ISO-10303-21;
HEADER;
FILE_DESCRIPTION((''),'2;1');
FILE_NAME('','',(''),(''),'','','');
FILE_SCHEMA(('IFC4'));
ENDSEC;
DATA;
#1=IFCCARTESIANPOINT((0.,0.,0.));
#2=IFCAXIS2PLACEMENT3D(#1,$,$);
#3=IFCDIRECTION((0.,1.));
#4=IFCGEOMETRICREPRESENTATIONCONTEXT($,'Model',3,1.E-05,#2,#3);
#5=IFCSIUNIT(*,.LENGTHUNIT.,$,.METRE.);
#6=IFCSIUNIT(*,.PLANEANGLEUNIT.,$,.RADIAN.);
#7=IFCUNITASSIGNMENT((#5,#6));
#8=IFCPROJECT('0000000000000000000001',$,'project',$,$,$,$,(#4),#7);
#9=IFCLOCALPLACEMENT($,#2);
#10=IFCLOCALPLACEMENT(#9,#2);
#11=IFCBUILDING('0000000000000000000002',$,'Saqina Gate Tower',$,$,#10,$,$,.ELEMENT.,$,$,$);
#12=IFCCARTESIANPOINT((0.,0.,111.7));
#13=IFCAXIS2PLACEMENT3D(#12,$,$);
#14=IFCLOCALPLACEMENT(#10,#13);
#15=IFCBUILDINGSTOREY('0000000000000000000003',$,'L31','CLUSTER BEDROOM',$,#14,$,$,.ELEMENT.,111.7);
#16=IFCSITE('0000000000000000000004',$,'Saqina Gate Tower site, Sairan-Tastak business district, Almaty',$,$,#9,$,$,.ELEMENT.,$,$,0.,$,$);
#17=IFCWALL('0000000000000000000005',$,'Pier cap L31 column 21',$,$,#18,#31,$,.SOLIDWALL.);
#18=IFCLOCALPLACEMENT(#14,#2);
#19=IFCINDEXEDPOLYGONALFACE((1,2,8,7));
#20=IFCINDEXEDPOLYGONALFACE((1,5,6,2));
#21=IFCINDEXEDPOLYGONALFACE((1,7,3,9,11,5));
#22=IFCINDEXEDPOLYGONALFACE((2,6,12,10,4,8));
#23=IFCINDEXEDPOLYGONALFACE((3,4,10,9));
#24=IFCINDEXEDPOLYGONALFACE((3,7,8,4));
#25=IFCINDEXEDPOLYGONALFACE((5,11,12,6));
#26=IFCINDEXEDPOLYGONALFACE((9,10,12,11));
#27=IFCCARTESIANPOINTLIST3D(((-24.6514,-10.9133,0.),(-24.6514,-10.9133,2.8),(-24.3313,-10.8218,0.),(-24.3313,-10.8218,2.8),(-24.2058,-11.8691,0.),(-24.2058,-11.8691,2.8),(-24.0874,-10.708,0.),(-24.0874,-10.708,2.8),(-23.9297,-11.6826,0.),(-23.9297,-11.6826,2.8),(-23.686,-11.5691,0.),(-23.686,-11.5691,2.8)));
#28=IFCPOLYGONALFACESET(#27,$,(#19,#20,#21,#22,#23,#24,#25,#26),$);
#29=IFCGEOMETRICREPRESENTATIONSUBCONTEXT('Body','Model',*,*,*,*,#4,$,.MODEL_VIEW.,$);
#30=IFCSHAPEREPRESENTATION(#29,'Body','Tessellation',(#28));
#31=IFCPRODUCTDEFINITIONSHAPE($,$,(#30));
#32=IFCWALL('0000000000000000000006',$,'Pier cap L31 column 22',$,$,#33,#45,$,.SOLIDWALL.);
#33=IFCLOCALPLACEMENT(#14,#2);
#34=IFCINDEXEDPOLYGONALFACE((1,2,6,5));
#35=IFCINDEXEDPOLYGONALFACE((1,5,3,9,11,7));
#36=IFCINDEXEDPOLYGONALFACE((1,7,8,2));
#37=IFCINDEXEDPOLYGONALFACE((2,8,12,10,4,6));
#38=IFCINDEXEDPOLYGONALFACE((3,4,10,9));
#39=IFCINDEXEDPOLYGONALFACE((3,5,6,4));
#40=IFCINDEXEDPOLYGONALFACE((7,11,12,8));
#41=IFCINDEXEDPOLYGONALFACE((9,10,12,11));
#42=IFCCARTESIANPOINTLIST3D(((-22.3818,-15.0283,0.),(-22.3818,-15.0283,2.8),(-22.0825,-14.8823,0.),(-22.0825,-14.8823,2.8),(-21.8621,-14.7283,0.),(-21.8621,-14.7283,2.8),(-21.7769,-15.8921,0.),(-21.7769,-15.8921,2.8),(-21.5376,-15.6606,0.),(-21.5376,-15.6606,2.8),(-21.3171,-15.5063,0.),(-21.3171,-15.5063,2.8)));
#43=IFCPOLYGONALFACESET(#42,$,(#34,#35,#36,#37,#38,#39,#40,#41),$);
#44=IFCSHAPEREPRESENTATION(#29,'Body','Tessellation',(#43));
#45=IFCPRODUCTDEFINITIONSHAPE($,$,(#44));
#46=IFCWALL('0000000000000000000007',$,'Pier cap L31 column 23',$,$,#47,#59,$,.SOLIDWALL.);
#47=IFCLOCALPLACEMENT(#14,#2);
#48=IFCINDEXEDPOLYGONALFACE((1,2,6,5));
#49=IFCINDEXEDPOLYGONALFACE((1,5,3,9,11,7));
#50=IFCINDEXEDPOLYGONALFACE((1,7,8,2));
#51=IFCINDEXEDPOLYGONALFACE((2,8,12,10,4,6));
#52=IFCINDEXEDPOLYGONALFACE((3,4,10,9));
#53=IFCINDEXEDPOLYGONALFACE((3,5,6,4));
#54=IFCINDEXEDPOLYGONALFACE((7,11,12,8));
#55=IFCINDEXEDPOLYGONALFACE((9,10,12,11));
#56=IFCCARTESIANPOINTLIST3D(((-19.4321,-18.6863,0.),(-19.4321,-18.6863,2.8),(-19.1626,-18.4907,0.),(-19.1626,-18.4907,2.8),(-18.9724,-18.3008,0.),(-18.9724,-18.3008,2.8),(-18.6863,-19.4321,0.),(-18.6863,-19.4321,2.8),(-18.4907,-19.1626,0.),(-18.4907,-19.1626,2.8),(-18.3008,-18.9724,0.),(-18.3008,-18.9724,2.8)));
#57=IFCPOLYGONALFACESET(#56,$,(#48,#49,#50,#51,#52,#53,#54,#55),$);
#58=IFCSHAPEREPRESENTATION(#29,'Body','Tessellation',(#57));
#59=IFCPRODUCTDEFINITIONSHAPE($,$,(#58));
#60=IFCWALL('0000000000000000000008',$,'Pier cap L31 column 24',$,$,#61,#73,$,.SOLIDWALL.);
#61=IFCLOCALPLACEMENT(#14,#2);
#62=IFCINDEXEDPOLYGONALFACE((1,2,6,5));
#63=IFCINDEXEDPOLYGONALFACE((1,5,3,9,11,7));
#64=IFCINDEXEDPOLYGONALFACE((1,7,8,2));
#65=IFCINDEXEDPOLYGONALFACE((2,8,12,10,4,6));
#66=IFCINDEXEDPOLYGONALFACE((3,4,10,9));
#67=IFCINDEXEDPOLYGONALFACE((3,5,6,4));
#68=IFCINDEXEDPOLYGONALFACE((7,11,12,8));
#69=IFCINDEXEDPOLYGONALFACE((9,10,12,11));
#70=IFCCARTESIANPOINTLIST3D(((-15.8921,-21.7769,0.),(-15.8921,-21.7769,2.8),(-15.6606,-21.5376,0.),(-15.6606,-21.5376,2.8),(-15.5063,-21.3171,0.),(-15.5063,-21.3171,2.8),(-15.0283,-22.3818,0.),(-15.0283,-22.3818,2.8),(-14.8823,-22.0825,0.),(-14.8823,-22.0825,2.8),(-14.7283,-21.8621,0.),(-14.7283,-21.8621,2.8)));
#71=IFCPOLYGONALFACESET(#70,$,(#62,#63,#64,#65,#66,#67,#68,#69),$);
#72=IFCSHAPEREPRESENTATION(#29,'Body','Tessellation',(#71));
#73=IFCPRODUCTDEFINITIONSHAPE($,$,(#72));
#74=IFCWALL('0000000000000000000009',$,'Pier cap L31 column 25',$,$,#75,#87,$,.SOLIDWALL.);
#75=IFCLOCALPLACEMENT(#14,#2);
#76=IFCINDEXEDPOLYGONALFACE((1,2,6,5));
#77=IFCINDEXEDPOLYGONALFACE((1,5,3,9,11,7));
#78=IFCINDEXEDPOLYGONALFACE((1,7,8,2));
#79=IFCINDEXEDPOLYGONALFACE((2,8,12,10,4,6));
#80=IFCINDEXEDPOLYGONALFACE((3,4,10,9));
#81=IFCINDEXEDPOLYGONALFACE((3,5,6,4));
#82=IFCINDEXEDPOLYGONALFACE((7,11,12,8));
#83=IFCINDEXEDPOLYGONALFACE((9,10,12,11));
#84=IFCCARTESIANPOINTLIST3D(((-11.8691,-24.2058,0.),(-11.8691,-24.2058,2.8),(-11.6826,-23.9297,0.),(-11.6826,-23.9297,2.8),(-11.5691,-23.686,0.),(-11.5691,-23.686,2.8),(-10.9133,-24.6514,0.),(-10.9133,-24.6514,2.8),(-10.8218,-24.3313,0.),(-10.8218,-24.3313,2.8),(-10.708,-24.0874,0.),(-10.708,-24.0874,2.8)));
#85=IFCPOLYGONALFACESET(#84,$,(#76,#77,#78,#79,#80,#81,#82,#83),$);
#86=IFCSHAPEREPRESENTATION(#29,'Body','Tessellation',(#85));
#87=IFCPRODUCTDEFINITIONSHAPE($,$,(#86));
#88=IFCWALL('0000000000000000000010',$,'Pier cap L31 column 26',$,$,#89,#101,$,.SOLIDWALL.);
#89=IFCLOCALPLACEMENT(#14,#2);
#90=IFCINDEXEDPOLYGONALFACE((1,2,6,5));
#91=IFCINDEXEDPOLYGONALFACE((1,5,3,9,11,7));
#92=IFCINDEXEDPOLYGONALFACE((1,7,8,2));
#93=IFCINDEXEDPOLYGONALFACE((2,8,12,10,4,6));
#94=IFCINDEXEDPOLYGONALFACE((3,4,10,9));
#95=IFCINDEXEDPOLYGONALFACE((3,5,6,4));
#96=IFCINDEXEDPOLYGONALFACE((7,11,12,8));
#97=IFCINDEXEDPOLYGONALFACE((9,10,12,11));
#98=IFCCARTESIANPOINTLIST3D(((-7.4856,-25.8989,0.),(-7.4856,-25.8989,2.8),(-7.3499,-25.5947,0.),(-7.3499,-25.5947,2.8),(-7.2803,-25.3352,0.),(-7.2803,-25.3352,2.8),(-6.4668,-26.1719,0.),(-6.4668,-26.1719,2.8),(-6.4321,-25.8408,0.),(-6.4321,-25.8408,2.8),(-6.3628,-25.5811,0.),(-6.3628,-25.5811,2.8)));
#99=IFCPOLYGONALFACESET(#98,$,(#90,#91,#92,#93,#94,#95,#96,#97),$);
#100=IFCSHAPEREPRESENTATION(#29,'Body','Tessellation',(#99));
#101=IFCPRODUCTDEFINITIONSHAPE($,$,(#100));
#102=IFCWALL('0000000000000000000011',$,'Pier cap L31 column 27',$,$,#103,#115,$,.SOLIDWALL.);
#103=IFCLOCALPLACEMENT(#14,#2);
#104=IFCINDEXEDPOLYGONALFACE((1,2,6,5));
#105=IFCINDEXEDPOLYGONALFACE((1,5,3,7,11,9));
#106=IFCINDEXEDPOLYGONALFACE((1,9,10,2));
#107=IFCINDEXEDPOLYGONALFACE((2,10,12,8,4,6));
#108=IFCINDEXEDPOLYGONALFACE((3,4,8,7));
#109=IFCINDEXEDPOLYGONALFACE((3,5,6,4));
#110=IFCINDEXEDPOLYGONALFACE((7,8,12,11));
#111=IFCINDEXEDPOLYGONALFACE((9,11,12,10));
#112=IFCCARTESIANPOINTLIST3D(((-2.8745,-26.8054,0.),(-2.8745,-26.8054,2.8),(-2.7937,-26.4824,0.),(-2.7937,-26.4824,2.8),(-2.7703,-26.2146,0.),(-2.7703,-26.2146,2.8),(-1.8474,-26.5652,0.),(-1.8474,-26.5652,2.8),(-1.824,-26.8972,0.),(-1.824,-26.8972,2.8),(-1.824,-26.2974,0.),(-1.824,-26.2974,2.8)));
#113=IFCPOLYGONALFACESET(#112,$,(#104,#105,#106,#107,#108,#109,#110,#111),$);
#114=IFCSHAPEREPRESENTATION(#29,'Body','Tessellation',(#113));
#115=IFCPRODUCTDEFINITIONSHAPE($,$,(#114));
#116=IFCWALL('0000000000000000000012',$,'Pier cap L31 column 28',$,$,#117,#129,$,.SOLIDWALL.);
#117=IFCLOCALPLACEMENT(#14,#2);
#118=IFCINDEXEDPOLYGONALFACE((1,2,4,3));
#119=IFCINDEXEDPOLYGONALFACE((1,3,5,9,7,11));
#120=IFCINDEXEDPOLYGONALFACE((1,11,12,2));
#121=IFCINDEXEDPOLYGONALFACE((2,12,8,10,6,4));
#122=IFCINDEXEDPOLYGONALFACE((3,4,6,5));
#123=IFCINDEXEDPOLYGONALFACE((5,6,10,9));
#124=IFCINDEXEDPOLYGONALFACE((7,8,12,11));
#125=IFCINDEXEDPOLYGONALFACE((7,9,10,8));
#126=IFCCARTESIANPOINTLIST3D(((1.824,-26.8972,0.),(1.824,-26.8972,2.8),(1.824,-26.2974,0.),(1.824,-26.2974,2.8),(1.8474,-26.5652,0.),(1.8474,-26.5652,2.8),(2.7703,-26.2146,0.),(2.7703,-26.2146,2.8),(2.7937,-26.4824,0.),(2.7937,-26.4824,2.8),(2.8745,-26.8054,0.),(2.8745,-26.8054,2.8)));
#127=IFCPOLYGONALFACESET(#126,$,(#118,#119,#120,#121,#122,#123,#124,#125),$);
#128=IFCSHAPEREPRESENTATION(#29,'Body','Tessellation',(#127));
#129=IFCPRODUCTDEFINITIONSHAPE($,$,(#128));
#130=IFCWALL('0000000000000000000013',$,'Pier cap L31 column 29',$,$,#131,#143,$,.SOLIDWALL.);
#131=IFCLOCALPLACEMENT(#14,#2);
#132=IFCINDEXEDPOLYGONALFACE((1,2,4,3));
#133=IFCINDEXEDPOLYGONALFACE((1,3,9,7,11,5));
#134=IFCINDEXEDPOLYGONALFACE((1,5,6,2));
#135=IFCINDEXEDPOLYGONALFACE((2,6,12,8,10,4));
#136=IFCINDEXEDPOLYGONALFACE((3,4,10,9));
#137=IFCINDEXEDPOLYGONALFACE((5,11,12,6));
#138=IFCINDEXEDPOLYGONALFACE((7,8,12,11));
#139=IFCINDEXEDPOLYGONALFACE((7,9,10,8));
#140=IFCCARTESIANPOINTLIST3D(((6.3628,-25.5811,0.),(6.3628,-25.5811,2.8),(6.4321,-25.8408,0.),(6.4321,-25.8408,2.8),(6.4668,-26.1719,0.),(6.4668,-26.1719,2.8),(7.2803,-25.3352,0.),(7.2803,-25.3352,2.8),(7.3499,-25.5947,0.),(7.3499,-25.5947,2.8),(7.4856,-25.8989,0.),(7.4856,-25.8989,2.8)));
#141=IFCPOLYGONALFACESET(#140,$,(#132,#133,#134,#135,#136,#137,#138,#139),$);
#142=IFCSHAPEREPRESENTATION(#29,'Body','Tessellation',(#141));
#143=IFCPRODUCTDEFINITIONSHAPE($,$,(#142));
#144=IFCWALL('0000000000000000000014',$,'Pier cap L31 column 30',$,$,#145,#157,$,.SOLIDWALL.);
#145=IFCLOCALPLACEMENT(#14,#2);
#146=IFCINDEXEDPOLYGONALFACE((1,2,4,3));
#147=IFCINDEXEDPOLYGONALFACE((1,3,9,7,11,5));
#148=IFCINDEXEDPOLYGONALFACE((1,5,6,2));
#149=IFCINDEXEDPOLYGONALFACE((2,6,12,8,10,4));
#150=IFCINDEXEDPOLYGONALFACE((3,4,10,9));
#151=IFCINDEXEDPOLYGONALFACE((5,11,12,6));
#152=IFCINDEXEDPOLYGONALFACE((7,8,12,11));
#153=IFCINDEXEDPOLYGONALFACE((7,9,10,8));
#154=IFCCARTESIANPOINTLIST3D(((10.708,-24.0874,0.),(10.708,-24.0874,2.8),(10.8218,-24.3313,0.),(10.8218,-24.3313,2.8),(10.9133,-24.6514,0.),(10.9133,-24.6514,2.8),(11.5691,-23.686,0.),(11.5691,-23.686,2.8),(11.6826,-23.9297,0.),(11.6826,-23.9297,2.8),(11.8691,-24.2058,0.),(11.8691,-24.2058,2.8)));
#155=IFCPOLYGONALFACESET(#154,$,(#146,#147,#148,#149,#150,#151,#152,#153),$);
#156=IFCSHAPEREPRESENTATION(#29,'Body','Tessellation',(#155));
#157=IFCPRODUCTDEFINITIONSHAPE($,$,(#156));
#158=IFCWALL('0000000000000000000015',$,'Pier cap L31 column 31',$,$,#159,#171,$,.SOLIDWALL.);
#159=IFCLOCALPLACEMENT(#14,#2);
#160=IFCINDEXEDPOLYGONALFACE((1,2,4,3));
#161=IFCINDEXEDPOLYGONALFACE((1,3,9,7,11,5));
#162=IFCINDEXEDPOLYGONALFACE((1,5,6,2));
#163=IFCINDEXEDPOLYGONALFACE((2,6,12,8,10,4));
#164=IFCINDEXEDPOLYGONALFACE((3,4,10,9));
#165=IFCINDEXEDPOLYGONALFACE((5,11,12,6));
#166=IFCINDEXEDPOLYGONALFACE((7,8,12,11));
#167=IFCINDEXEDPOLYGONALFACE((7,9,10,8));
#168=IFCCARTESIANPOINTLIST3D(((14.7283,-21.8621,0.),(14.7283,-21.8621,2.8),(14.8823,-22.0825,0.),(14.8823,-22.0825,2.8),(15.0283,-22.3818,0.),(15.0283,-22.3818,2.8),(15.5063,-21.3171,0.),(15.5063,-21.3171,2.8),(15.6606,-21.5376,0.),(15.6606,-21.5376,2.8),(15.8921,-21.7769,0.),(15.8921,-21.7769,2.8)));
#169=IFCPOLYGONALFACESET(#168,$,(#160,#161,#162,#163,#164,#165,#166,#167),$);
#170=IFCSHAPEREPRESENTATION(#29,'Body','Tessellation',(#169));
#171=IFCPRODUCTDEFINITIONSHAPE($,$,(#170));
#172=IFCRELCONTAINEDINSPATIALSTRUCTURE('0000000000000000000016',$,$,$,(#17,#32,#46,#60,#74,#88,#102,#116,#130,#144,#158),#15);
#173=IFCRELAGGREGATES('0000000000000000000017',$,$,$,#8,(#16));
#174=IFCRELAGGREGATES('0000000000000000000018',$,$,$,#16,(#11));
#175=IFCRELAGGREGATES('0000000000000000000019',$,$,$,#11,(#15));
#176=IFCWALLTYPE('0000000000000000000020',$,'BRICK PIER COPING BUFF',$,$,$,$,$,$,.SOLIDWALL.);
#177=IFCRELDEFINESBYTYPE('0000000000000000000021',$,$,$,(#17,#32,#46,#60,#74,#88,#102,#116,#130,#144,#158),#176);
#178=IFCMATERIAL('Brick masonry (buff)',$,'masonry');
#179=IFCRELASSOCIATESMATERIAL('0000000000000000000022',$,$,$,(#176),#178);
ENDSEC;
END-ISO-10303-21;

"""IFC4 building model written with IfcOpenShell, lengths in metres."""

from ifc_helpers import new_model, si_unit, direction, frame, origin, place, context, subcontext, project, spatial, polyline, outline, extrude, material, type_object, element, save


model = new_model("IFC4")

# Units and contexts
model_context = context("Model", 3, precision=1e-05, world=origin(), true_north=direction((0.0, 1.0)))
body_context = subcontext(model_context, "Body", "Model", "MODEL_VIEW")
ifc_project = project(units=[si_unit("LENGTHUNIT", "METRE"), si_unit("PLANEANGLEUNIT", "RADIAN")], contexts=[model_context])

# Site, building, storey
site_placement = place(None, origin())
site = spatial("IfcSite", under=ifc_project, at=site_placement, Name="Saqina Gate Tower site, Sairan-Tastak business district, Almaty", CompositionType="ELEMENT", RefElevation=0.0)
building_placement = place(site_placement, origin())
building = spatial("IfcBuilding", under=site, at=building_placement, Name="Saqina Gate Tower", CompositionType="ELEMENT")
storey_placement = place(building_placement, frame((0.0, 0.0, 111.7)))
storey = spatial("IfcBuildingStorey", under=building, at=storey_placement, Name="L31", Description="CLUSTER BEDROOM", CompositionType="ELEMENT", Elevation=111.7)

# Walls
ifc_material = material(Name="Brick masonry (buff)", Category="masonry")
wall_type = type_object("IfcWallType", Name="BRICK PIER COPING BUFF", PredefinedType="SOLIDWALL", material=ifc_material)
wall_1_placement = place(storey_placement, origin())
element("IfcWall", 1, at=wall_1_placement, inside=storey, type_object=wall_type, Name="Pier cap L31 column 21", PredefinedType="SOLIDWALL", context=body_context, shape_type="SweptSolid", body=[
    extrude(outline(polyline([(-24.6514, -10.9133), (-24.2058, -11.8691), (-23.686, -11.5691), (-23.9297, -11.6826), (-24.3313, -10.8218), (-24.0874, -10.708), (-24.6514, -10.9133)])), origin(), (0.0, 0.0, 1.0), 2.8),
])
wall_2_placement = place(storey_placement, origin())
element("IfcWall", 2, at=wall_2_placement, inside=storey, type_object=wall_type, Name="Pier cap L31 column 22", PredefinedType="SOLIDWALL", context=body_context, shape_type="SweptSolid", body=[
    extrude(outline(polyline([(-21.7769, -15.8921), (-21.3171, -15.5063), (-21.5376, -15.6606), (-22.0825, -14.8823), (-21.8621, -14.7283), (-22.3818, -15.0283), (-21.7769, -15.8921)])), origin(), (0.0, 0.0, 1.0), 2.8),
])
wall_3_placement = place(storey_placement, origin())
element("IfcWall", 3, at=wall_3_placement, inside=storey, type_object=wall_type, Name="Pier cap L31 column 23", PredefinedType="SOLIDWALL", context=body_context, shape_type="SweptSolid", body=[
    extrude(outline(polyline([(-19.4321, -18.6863), (-18.6863, -19.4321), (-18.3008, -18.9724), (-18.4907, -19.1626), (-19.1626, -18.4907), (-18.9724, -18.3008), (-19.4321, -18.6863)])), origin(), (0.0, 0.0, 1.0), 2.8),
])
wall_4_placement = place(storey_placement, origin())
element("IfcWall", 4, at=wall_4_placement, inside=storey, type_object=wall_type, Name="Pier cap L31 column 24", PredefinedType="SOLIDWALL", context=body_context, shape_type="SweptSolid", body=[
    extrude(outline(polyline([(-15.0283, -22.3818), (-14.7283, -21.8621), (-14.8823, -22.0825), (-15.6606, -21.5376), (-15.5063, -21.3171), (-15.8921, -21.7769), (-15.0283, -22.3818)])), origin(), (0.0, 0.0, 1.0), 2.8),
])
wall_5_placement = place(storey_placement, origin())
element("IfcWall", 5, at=wall_5_placement, inside=storey, type_object=wall_type, Name="Pier cap L31 column 25", PredefinedType="SOLIDWALL", context=body_context, shape_type="SweptSolid", body=[
    extrude(outline(polyline([(-10.9133, -24.6514), (-10.708, -24.0874), (-10.8218, -24.3313), (-11.6826, -23.9297), (-11.5691, -23.686), (-11.8691, -24.2058), (-10.9133, -24.6514)])), origin(), (0.0, 0.0, 1.0), 2.8),
])
wall_6_placement = place(storey_placement, origin())
element("IfcWall", 6, at=wall_6_placement, inside=storey, type_object=wall_type, Name="Pier cap L31 column 26", PredefinedType="SOLIDWALL", context=body_context, shape_type="SweptSolid", body=[
    extrude(outline(polyline([(-7.4856, -25.8989), (-6.4668, -26.1719), (-6.3628, -25.5811), (-6.4321, -25.8408), (-7.3499, -25.5947), (-7.2803, -25.3352), (-7.4856, -25.8989)])), origin(), (0.0, 0.0, 1.0), 2.8),
])
wall_7_placement = place(storey_placement, origin())
element("IfcWall", 7, at=wall_7_placement, inside=storey, type_object=wall_type, Name="Pier cap L31 column 27", PredefinedType="SOLIDWALL", context=body_context, shape_type="SweptSolid", body=[
    extrude(outline(polyline([(-2.8745, -26.8054), (-1.824, -26.8972), (-1.824, -26.2974), (-1.8474, -26.5652), (-2.7937, -26.4824), (-2.7703, -26.2146), (-2.8745, -26.8054)])), origin(), (0.0, 0.0, 1.0), 2.8),
])
wall_8_placement = place(storey_placement, origin())
element("IfcWall", 8, at=wall_8_placement, inside=storey, type_object=wall_type, Name="Pier cap L31 column 28", PredefinedType="SOLIDWALL", context=body_context, shape_type="SweptSolid", body=[
    extrude(outline(polyline([(2.8745, -26.8054), (2.7703, -26.2146), (2.7937, -26.4824), (1.8474, -26.5652), (1.824, -26.2974), (1.824, -26.8972), (2.8745, -26.8054)])), origin(), (0.0, 0.0, 1.0), 2.8),
])
wall_9_placement = place(storey_placement, origin())
element("IfcWall", 9, at=wall_9_placement, inside=storey, type_object=wall_type, Name="Pier cap L31 column 29", PredefinedType="SOLIDWALL", context=body_context, shape_type="SweptSolid", body=[
    extrude(outline(polyline([(6.4668, -26.1719), (7.4856, -25.8989), (7.2803, -25.3352), (7.3499, -25.5947), (6.4321, -25.8408), (6.3628, -25.5811), (6.4668, -26.1719)])), origin(), (0.0, 0.0, 1.0), 2.8),
])
wall_10_placement = place(storey_placement, origin())
element("IfcWall", 10, at=wall_10_placement, inside=storey, type_object=wall_type, Name="Pier cap L31 column 30", PredefinedType="SOLIDWALL", context=body_context, shape_type="SweptSolid", body=[
    extrude(outline(polyline([(10.9133, -24.6514), (11.8691, -24.2058), (11.5691, -23.686), (11.6826, -23.9297), (10.8218, -24.3313), (10.708, -24.0874), (10.9133, -24.6514)])), origin(), (0.0, 0.0, 1.0), 2.8),
])
wall_11_placement = place(storey_placement, origin())
element("IfcWall", 11, at=wall_11_placement, inside=storey, type_object=wall_type, Name="Pier cap L31 column 31", PredefinedType="SOLIDWALL", context=body_context, shape_type="SweptSolid", body=[
    extrude(outline(polyline([(15.8921, -21.7769), (15.5063, -21.3171), (15.6606, -21.5376), (14.8823, -22.0825), (14.7283, -21.8621), (15.0283, -22.3818), (15.8921, -21.7769)])), origin(), (0.0, 0.0, 1.0), 2.8),
])

save(model, "model.ifc")
